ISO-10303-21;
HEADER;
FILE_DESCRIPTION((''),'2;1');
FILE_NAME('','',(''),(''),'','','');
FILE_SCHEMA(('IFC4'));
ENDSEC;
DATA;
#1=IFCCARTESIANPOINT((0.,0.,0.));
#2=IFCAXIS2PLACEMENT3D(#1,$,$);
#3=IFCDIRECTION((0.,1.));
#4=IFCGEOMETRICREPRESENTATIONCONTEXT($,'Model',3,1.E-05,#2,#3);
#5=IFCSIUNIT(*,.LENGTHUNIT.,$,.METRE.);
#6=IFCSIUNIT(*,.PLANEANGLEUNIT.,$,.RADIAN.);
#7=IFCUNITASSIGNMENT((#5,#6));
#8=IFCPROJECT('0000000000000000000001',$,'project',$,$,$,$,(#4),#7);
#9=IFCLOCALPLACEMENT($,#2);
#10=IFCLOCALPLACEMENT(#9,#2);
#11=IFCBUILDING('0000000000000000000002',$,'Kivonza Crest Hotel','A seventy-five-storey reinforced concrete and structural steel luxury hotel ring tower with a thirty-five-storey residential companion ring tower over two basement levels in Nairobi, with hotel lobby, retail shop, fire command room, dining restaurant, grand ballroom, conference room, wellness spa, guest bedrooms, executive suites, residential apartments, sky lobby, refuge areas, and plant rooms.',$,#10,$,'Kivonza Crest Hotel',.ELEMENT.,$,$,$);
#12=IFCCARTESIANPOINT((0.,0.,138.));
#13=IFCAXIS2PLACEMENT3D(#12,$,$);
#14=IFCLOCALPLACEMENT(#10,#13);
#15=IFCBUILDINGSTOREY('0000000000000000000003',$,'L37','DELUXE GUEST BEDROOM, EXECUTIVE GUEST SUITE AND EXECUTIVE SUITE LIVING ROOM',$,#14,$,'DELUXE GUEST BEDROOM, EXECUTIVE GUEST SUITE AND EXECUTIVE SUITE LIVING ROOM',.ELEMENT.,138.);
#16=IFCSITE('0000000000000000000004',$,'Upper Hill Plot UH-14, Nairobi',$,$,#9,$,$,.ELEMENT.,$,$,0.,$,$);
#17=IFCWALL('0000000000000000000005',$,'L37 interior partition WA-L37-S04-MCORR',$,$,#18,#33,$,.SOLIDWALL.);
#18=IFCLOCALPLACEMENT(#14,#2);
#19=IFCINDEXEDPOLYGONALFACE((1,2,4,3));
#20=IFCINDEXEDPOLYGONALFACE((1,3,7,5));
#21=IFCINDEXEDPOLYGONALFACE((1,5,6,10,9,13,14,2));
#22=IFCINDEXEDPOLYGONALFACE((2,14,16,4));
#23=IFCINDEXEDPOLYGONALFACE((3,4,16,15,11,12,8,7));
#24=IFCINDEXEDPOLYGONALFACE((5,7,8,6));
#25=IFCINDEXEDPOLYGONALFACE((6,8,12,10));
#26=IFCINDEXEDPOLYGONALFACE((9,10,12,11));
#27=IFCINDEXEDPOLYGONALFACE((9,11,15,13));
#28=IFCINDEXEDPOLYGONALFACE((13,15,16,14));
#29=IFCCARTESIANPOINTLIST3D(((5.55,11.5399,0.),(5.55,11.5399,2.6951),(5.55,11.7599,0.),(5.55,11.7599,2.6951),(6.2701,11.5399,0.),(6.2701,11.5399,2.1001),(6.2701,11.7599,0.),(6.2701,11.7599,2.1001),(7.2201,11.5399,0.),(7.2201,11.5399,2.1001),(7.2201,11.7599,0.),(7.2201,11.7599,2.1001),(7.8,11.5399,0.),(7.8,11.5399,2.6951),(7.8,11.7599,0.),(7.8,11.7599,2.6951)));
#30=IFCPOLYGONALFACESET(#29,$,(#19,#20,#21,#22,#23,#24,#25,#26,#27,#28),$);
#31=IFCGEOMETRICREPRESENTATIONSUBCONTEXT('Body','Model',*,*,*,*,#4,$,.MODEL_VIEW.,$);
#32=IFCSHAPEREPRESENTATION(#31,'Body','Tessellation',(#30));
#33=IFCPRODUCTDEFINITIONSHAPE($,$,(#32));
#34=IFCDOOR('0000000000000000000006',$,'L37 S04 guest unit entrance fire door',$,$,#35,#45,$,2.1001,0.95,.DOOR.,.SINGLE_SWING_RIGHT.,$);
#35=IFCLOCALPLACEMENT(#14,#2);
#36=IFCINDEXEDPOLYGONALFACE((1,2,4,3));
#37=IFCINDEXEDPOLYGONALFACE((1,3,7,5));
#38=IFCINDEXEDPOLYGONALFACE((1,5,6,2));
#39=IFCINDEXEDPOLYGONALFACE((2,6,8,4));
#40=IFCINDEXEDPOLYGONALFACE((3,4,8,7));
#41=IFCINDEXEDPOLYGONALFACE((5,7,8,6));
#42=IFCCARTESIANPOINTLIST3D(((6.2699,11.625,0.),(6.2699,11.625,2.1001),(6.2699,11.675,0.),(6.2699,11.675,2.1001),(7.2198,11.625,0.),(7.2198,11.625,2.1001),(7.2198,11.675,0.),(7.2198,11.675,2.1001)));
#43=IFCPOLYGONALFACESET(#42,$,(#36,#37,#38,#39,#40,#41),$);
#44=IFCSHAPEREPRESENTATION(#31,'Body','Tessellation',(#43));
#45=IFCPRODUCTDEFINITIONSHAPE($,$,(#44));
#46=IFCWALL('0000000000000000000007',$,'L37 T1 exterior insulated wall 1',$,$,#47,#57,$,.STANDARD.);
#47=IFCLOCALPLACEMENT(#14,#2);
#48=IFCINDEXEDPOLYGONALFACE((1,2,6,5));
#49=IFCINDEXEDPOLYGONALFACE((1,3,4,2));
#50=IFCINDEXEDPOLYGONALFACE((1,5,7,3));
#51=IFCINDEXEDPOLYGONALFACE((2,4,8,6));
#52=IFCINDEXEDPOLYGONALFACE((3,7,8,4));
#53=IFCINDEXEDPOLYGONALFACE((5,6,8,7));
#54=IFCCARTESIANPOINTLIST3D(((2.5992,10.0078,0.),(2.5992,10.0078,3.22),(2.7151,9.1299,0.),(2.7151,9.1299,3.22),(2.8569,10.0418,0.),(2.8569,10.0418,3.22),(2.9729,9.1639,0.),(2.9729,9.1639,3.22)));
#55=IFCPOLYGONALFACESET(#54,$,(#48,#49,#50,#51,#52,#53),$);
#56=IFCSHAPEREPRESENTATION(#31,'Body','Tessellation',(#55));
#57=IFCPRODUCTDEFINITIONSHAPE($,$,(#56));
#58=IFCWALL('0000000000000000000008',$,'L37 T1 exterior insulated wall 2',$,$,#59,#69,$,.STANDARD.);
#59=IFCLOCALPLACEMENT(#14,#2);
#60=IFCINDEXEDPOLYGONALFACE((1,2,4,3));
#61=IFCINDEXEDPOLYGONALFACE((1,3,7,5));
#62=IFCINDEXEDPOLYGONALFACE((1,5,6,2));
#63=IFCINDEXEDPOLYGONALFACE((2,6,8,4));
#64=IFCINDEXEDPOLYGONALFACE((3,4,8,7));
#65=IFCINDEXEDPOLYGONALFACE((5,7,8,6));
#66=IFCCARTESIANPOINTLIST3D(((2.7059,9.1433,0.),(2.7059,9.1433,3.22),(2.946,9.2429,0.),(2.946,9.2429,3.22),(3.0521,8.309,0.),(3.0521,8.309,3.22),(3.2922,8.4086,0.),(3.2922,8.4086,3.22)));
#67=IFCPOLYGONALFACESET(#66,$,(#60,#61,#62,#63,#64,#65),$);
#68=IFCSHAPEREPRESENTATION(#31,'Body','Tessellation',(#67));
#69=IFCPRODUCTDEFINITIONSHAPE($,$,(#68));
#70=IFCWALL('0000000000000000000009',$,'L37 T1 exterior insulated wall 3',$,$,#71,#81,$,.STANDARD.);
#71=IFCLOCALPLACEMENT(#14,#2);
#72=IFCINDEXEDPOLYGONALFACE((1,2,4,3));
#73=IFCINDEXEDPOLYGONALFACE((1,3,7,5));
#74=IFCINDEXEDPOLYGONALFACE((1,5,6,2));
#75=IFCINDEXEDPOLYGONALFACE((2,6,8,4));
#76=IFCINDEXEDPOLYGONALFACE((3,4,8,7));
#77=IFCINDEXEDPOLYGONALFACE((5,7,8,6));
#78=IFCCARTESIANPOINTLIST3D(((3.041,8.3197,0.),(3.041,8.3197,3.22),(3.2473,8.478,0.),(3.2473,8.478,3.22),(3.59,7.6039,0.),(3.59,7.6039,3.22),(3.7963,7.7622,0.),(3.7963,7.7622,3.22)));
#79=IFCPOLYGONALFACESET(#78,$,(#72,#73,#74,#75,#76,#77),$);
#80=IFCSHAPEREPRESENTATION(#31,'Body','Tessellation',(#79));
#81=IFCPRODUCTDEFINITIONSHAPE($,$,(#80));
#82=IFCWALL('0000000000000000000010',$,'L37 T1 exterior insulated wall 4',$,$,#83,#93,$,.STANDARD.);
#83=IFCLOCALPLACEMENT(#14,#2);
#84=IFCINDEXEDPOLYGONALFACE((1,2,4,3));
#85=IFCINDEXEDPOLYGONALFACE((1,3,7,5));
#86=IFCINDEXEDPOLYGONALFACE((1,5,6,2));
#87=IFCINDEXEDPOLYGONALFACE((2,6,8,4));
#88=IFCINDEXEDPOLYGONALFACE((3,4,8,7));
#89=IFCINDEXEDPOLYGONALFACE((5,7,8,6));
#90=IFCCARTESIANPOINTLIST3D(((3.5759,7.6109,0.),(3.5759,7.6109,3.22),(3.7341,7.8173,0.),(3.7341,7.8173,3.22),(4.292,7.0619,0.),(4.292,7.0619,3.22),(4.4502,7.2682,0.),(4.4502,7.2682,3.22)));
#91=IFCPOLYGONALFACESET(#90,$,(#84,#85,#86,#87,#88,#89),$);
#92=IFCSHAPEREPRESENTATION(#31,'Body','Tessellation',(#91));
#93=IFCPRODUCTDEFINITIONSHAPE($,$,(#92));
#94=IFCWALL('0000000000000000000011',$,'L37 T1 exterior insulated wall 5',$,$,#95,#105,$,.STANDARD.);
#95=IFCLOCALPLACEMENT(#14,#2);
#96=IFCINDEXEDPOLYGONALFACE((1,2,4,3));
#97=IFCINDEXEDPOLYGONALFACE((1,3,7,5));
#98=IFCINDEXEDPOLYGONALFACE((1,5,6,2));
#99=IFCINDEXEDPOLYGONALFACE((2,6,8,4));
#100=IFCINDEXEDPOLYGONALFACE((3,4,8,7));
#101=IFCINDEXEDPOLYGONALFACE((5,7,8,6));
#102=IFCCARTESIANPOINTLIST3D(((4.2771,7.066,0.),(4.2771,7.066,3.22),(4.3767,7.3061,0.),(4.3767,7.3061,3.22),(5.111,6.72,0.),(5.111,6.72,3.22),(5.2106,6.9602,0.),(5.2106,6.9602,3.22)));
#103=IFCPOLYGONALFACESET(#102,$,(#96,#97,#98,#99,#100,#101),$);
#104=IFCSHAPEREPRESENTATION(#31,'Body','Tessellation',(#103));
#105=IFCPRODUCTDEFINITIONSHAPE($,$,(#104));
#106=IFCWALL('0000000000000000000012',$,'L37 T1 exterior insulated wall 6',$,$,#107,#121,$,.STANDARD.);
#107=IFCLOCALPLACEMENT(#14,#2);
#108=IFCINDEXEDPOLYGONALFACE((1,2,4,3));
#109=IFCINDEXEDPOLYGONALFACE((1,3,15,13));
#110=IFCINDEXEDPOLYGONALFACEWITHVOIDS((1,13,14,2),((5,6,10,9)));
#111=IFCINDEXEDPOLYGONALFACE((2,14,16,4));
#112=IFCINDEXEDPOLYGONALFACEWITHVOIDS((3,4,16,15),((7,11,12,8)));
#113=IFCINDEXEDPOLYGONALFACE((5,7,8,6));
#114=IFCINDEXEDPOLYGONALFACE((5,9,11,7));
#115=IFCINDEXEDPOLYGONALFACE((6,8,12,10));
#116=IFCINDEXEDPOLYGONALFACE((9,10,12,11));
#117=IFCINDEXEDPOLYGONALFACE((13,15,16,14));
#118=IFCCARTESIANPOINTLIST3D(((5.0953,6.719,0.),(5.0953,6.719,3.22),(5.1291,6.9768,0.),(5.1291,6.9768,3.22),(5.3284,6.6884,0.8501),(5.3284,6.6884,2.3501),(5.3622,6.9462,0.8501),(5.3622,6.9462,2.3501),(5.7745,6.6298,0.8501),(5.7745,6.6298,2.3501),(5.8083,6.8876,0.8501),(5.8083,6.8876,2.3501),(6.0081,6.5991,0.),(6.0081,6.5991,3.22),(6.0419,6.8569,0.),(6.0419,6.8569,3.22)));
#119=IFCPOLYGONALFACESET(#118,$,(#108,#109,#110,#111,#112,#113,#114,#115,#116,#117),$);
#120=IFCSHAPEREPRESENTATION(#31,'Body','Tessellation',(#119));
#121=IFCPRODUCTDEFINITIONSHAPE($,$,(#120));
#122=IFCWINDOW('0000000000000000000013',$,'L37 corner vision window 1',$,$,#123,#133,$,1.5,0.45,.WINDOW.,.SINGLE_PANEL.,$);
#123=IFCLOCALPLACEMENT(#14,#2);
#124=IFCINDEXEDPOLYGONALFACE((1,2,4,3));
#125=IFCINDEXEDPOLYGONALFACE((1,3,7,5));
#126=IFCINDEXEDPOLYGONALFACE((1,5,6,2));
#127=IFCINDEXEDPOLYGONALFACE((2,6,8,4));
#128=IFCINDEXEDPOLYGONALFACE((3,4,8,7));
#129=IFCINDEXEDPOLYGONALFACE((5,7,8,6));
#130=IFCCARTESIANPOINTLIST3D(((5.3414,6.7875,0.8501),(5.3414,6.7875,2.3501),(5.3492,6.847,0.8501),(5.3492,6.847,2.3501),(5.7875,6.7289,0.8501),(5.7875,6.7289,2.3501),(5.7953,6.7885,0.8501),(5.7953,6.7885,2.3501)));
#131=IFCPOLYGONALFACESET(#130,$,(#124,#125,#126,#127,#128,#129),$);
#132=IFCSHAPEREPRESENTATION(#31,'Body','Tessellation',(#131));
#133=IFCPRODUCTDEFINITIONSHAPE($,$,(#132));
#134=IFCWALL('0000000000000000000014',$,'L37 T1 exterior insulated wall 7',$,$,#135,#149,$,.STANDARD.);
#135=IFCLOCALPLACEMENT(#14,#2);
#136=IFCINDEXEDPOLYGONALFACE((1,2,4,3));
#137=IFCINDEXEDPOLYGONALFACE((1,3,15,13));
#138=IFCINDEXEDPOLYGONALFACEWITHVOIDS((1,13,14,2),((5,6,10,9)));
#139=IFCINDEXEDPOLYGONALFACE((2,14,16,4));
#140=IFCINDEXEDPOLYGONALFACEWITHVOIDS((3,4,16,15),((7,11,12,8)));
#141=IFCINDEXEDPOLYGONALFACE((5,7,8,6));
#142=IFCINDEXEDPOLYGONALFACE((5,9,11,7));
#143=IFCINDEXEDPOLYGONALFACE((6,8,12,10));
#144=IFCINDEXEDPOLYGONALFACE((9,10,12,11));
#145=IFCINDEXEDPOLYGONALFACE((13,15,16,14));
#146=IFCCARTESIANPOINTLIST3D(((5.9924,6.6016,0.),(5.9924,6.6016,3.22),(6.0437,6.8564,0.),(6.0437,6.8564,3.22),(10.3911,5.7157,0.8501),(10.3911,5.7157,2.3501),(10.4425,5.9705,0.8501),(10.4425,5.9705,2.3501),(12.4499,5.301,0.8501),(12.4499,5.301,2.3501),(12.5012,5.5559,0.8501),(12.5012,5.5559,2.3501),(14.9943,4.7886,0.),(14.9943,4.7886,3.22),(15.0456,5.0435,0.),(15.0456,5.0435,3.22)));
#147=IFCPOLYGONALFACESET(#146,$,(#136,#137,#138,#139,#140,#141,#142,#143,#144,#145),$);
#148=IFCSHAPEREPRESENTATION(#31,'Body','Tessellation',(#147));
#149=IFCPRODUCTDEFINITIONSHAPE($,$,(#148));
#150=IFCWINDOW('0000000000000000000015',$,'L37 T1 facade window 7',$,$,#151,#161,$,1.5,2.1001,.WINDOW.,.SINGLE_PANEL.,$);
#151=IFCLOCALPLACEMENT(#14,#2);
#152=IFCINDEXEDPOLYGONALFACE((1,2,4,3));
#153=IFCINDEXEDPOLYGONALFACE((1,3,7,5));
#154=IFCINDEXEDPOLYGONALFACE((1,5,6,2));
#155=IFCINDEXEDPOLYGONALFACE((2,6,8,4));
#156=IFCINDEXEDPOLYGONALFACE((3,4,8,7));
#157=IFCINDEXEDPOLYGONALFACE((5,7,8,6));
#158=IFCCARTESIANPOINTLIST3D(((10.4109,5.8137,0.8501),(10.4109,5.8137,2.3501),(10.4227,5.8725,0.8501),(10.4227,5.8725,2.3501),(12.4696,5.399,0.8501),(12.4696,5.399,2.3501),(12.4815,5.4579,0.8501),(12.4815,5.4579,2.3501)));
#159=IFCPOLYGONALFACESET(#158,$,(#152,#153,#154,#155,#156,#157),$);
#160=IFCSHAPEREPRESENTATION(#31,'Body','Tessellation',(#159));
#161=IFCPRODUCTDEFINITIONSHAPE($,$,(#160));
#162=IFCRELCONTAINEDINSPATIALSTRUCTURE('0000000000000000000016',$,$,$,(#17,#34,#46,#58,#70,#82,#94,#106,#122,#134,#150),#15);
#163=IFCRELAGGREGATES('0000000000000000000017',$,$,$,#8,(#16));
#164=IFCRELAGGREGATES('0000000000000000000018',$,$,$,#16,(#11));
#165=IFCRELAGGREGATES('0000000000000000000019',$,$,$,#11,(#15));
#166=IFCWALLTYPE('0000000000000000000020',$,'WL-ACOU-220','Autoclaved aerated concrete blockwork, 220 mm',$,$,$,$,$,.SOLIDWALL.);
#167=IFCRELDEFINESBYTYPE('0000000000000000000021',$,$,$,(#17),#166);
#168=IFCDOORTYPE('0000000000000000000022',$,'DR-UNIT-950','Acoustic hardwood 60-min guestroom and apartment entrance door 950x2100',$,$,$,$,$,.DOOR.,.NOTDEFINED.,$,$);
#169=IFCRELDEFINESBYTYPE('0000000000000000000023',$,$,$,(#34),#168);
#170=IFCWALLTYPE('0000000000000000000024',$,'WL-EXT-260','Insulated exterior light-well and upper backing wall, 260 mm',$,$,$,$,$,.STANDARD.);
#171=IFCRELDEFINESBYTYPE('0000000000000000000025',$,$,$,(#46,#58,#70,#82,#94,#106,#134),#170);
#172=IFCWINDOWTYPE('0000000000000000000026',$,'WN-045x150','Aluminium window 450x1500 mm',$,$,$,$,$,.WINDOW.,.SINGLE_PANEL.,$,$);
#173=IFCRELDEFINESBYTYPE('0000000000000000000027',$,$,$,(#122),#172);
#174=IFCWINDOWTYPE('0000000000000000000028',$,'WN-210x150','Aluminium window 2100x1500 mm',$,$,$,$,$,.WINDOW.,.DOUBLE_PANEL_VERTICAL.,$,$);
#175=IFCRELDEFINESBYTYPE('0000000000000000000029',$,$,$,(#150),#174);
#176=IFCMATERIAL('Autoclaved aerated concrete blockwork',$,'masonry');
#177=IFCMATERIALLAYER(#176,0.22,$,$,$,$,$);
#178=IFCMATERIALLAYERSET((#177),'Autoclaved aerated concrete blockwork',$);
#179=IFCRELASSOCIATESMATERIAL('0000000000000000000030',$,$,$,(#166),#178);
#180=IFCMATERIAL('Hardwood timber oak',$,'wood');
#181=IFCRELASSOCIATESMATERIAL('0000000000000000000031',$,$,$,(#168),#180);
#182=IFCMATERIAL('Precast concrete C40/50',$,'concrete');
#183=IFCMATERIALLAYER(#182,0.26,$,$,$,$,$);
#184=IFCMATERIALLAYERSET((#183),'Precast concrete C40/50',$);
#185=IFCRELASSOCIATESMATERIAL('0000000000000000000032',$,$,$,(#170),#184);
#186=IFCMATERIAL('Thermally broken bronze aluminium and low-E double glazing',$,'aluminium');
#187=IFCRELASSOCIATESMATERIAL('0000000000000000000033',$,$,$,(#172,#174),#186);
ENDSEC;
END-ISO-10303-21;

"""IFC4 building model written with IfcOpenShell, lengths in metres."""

from ifc_helpers import new_model, si_unit, direction, frame, frame_2d, origin, place, context, subcontext, project, spatial, rectangle, extrude, material, layer, layer_set, type_object, element, fill, save


model = new_model("IFC4")

# Units and contexts
model_context = context("Model", 3, precision=1e-05, world=origin(), true_north=direction((0.0, 1.0)))
body_context = subcontext(model_context, "Body", "Model", "MODEL_VIEW")
ifc_project = project(units=[si_unit("LENGTHUNIT", "METRE"), si_unit("PLANEANGLEUNIT", "RADIAN")], contexts=[model_context])

# Site, building, storey
site_placement = place(None, origin())
site = spatial("IfcSite", under=ifc_project, at=site_placement, Name="Upper Hill Plot UH-14, Nairobi", CompositionType="ELEMENT", RefElevation=0.0)
building_placement = place(site_placement, origin())
building = spatial("IfcBuilding", under=site, at=building_placement, Name="Kivonza Crest Hotel", Description="A seventy-five-storey reinforced concrete and structural steel luxury hotel ring tower with a thirty-five-storey residential companion ring tower over two basement levels in Nairobi, with hotel lobby, retail shop, fire command room, dining restaurant, grand ballroom, conference room, wellness spa, guest bedrooms, executive suites, residential apartments, sky lobby, refuge areas, and plant rooms.", LongName="Kivonza Crest Hotel", CompositionType="ELEMENT")
storey_placement = place(building_placement, frame((0.0, 0.0, 138.0)))
storey = spatial("IfcBuildingStorey", under=building, at=storey_placement, Name="L37", Description="DELUXE GUEST BEDROOM, EXECUTIVE GUEST SUITE AND EXECUTIVE SUITE LIVING ROOM", LongName="DELUXE GUEST BEDROOM, EXECUTIVE GUEST SUITE AND EXECUTIVE SUITE LIVING ROOM", CompositionType="ELEMENT", Elevation=138.0)

# Shared definitions
ifc_material_1 = material(Name="Autoclaved aerated concrete blockwork", Category="masonry")
ifc_layer_1 = layer(ifc_material_1, 0.22)
ifc_layer_set_1 = layer_set([ifc_layer_1], Name="Autoclaved aerated concrete blockwork")
wall_type_1 = type_object("IfcWallType", Name="WL-ACOU-220", Description="Autoclaved aerated concrete blockwork, 220 mm", PredefinedType="SOLIDWALL", material=ifc_layer_set_1)

# Wall, opening, door
wall_1_placement = place(storey_placement, frame((5.55, 11.6499, 0.0), z_axis=(0.0, 0.0, 1.0), x_axis=(1.0, 0.0, 0.0)))
wall_1 = element("IfcWall", 1, at=wall_1_placement, inside=storey, type_object=wall_type_1, Name="L37 interior partition WA-L37-S04-MCORR", PredefinedType="SOLIDWALL", context=body_context, shape_type="SweptSolid", body=[
    extrude(rectangle(XDim=2.25, YDim=0.22, at=frame_2d((1.125, 0.0))), origin(), (0.0, 0.0, 1.0), 2.6951),
])
opening_1_placement = place(wall_1_placement, frame((0.72, 0.0, 0.0)))
opening_1 = element("IfcOpeningElement", 2, at=opening_1_placement, cuts=wall_1, PredefinedType="OPENING", context=body_context, shape_type="SweptSolid", body=[
    extrude(rectangle(XDim=0.95, YDim=2.1001, at=frame_2d((0.4751, 1.05))), frame((0.0, 0.1201, 0.0), z_axis=(0.0, -1.0, 0.0), x_axis=(1.0, 0.0, 0.0)), (0.0, 0.0, 1.0), 0.24),
])
ifc_material_2 = material(Name="Hardwood timber oak", Category="wood")
door_type_1 = type_object("IfcDoorType", Name="DR-UNIT-950", Description="Acoustic hardwood 60-min guestroom and apartment entrance door 950x2100", OperationType="NOTDEFINED", PredefinedType="DOOR", material=ifc_material_2)
door_1_placement = place(opening_1_placement, frame((0.95, 0.0, 0.0), z_axis=(0.0, 0.0, 1.0), x_axis=(-1.0, 0.0, 0.0)))
door_1 = element("IfcDoor", 3, at=door_1_placement, inside=storey, type_object=door_type_1, Name="L37 S04 guest unit entrance fire door", OperationType="SINGLE_SWING_RIGHT", OverallHeight=2.1001, OverallWidth=0.95, PredefinedType="DOOR", context=body_context, shape_type="SweptSolid", body=[
    extrude(rectangle(XDim=0.95, YDim=2.1001, at=frame_2d((0.4751, 1.05))), frame((0.0, 0.0249, 0.0), z_axis=(0.0, -1.0, 0.0), x_axis=(1.0, 0.0, 0.0)), (0.0, 0.0, 1.0), 0.05),
])
fill(opening_1, door_1)

# Walls
ifc_material_3 = material(Name="Precast concrete C40/50", Category="concrete")
ifc_layer_2 = layer(ifc_material_3, 0.26)
ifc_layer_set_2 = layer_set([ifc_layer_2], Name="Precast concrete C40/50")
wall_type_2 = type_object("IfcWallType", Name="WL-EXT-260", Description="Insulated exterior light-well and upper backing wall, 260 mm", PredefinedType="STANDARD", material=ifc_layer_set_2)
wall_2_placement = place(storey_placement, frame((2.728, 10.0249, 0.0), z_axis=(0.0, 0.0, 1.0), x_axis=(0.130954, -0.991388, 0.0)))
element("IfcWall", 4, at=wall_2_placement, inside=storey, type_object=wall_type_2, Name="L37 T1 exterior insulated wall 1", PredefinedType="STANDARD", context=body_context, shape_type="SweptSolid", body=[
    extrude(rectangle(XDim=0.8855, YDim=0.26, at=frame_2d((0.4429, 0.0))), origin(), (0.0, 0.0, 1.0), 3.22),
])
wall_3_placement = place(storey_placement, frame((2.8259, 9.1931, 0.0), z_axis=(0.0, 0.0, 1.0), x_axis=(0.383291, -0.923628, 0.0)))
element("IfcWall", 5, at=wall_3_placement, inside=storey, type_object=wall_type_2, Name="L37 T1 exterior insulated wall 2", PredefinedType="STANDARD", context=body_context, shape_type="SweptSolid", body=[
    extrude(rectangle(XDim=0.9033, YDim=0.26, at=frame_2d((0.4517, 0.0))), origin(), (0.0, 0.0, 1.0), 3.22),
])
wall_4_placement = place(storey_placement, frame((3.144, 8.3989, 0.0), z_axis=(0.0, 0.0, 1.0), x_axis=(0.608625, -0.793458, 0.0)))
element("IfcWall", 6, at=wall_4_placement, inside=storey, type_object=wall_type_2, Name="L37 T1 exterior insulated wall 3", PredefinedType="STANDARD", context=body_context, shape_type="SweptSolid", body=[
    extrude(rectangle(XDim=0.9021, YDim=0.26, at=frame_2d((0.4512, 0.0))), origin(), (0.0, 0.0, 1.0), 3.22),
])
wall_5_placement = place(storey_placement, frame((3.655, 7.7141, 0.0), z_axis=(0.0, 0.0, 1.0), x_axis=(0.793558, -0.608494, 0.0)))
element("IfcWall", 7, at=wall_5_placement, inside=storey, type_object=wall_type_2, Name="L37 T1 exterior insulated wall 4", PredefinedType="STANDARD", context=body_context, shape_type="SweptSolid", body=[
    extrude(rectangle(XDim=0.9023, YDim=0.26, at=frame_2d((0.4512, 0.0))), origin(), (0.0, 0.0, 1.0), 3.22),
])
wall_6_placement = place(storey_placement, frame((4.3269, 7.186, 0.0), z_axis=(0.0, 0.0, 1.0), x_axis=(0.923684, -0.383156, 0.0)))
element("IfcWall", 8, at=wall_6_placement, inside=storey, type_object=wall_type_2, Name="L37 T1 exterior insulated wall 5", PredefinedType="STANDARD", context=body_context, shape_type="SweptSolid", body=[
    extrude(rectangle(XDim=0.9028, YDim=0.26, at=frame_2d((0.4514, 0.0))), origin(), (0.0, 0.0, 1.0), 3.22),
])

# Walls, openings, windows
wall_7_placement = place(storey_placement, frame((5.1121, 6.8479, 0.0), z_axis=(0.0, 0.0, 1.0), x_axis=(0.991488, -0.130201, 0.0)))
wall_7 = element("IfcWall", 9, at=wall_7_placement, inside=storey, type_object=wall_type_2, Name="L37 T1 exterior insulated wall 6", PredefinedType="STANDARD", context=body_context, shape_type="SweptSolid", body=[
    extrude(rectangle(XDim=0.9207, YDim=0.26, at=frame_2d((0.4604, 0.0))), origin(), (0.0, 0.0, 1.0), 3.22),
])
opening_2_placement = place(wall_7_placement, frame((0.2351, 0.0, 0.8501)))
opening_2 = element("IfcOpeningElement", 10, at=opening_2_placement, cuts=wall_7, PredefinedType="OPENING", context=body_context, shape_type="SweptSolid", body=[
    extrude(rectangle(XDim=0.45, YDim=1.5, at=frame_2d((0.2251, 0.75))), frame((0.0, 0.1401, 0.0), z_axis=(0.0, -1.0, 0.0), x_axis=(1.0, 0.0, 0.0)), (0.0, 0.0, 1.0), 0.28),
])
ifc_material_4 = material(Name="Thermally broken bronze aluminium and low-E double glazing", Category="aluminium")
window_type_1 = type_object("IfcWindowType", Name="WN-045x150", Description="Aluminium window 450x1500 mm", PartitioningType="SINGLE_PANEL", PredefinedType="WINDOW", material=ifc_material_4)
window_1_placement = place(opening_2_placement, origin())
window_1 = element("IfcWindow", 11, at=window_1_placement, inside=storey, type_object=window_type_1, Name="L37 corner vision window 1", OverallHeight=1.5, OverallWidth=0.45, PartitioningType="SINGLE_PANEL", PredefinedType="WINDOW", context=body_context, shape_type="SweptSolid", body=[
    extrude(rectangle(XDim=0.45, YDim=1.5, at=frame_2d((0.2251, 0.75))), frame((0.0, 0.03, 0.0), z_axis=(0.0, -1.0, 0.0), x_axis=(1.0, 0.0, 0.0)), (0.0, 0.0, 1.0), 0.0601),
])
fill(opening_2, window_1)
wall_8_placement = place(storey_placement, frame((6.0181, 6.729, 0.0), z_axis=(0.0, 0.0, 1.0), x_axis=(0.980316, -0.197435, 0.0)))
wall_8 = element("IfcWall", 12, at=wall_8_placement, inside=storey, type_object=wall_type_2, Name="L37 T1 exterior insulated wall 7", PredefinedType="STANDARD", context=body_context, shape_type="SweptSolid", body=[
    extrude(rectangle(XDim=9.1826, YDim=0.26, at=frame_2d((4.5913, 0.0))), origin(), (0.0, 0.0, 1.0), 3.22),
])
opening_3_placement = place(wall_8_placement, frame((4.4871, 0.0, 0.8501)))
opening_3 = element("IfcOpeningElement", 13, at=opening_3_placement, cuts=wall_8, PredefinedType="OPENING", context=body_context, shape_type="SweptSolid", body=[
    extrude(rectangle(XDim=2.1001, YDim=1.5, at=frame_2d((1.05, 0.75))), frame((0.0, 0.1401, 0.0), z_axis=(0.0, -1.0, 0.0), x_axis=(1.0, 0.0, 0.0)), (0.0, 0.0, 1.0), 0.28),
])
window_type_2 = type_object("IfcWindowType", Name="WN-210x150", Description="Aluminium window 2100x1500 mm", PartitioningType="DOUBLE_PANEL_VERTICAL", PredefinedType="WINDOW", material=ifc_material_4)
window_2_placement = place(opening_3_placement, origin())
window_2 = element("IfcWindow", 14, at=window_2_placement, inside=storey, type_object=window_type_2, Name="L37 T1 facade window 7", OverallHeight=1.5, OverallWidth=2.1001, PartitioningType="SINGLE_PANEL", PredefinedType="WINDOW", context=body_context, shape_type="SweptSolid", body=[
    extrude(rectangle(XDim=2.1001, YDim=1.5, at=frame_2d((1.05, 0.75))), frame((0.0, 0.03, 0.0), z_axis=(0.0, -1.0, 0.0), x_axis=(1.0, 0.0, 0.0)), (0.0, 0.0, 1.0), 0.0601),
])
fill(opening_3, window_2)

save(model, "model.ifc")
